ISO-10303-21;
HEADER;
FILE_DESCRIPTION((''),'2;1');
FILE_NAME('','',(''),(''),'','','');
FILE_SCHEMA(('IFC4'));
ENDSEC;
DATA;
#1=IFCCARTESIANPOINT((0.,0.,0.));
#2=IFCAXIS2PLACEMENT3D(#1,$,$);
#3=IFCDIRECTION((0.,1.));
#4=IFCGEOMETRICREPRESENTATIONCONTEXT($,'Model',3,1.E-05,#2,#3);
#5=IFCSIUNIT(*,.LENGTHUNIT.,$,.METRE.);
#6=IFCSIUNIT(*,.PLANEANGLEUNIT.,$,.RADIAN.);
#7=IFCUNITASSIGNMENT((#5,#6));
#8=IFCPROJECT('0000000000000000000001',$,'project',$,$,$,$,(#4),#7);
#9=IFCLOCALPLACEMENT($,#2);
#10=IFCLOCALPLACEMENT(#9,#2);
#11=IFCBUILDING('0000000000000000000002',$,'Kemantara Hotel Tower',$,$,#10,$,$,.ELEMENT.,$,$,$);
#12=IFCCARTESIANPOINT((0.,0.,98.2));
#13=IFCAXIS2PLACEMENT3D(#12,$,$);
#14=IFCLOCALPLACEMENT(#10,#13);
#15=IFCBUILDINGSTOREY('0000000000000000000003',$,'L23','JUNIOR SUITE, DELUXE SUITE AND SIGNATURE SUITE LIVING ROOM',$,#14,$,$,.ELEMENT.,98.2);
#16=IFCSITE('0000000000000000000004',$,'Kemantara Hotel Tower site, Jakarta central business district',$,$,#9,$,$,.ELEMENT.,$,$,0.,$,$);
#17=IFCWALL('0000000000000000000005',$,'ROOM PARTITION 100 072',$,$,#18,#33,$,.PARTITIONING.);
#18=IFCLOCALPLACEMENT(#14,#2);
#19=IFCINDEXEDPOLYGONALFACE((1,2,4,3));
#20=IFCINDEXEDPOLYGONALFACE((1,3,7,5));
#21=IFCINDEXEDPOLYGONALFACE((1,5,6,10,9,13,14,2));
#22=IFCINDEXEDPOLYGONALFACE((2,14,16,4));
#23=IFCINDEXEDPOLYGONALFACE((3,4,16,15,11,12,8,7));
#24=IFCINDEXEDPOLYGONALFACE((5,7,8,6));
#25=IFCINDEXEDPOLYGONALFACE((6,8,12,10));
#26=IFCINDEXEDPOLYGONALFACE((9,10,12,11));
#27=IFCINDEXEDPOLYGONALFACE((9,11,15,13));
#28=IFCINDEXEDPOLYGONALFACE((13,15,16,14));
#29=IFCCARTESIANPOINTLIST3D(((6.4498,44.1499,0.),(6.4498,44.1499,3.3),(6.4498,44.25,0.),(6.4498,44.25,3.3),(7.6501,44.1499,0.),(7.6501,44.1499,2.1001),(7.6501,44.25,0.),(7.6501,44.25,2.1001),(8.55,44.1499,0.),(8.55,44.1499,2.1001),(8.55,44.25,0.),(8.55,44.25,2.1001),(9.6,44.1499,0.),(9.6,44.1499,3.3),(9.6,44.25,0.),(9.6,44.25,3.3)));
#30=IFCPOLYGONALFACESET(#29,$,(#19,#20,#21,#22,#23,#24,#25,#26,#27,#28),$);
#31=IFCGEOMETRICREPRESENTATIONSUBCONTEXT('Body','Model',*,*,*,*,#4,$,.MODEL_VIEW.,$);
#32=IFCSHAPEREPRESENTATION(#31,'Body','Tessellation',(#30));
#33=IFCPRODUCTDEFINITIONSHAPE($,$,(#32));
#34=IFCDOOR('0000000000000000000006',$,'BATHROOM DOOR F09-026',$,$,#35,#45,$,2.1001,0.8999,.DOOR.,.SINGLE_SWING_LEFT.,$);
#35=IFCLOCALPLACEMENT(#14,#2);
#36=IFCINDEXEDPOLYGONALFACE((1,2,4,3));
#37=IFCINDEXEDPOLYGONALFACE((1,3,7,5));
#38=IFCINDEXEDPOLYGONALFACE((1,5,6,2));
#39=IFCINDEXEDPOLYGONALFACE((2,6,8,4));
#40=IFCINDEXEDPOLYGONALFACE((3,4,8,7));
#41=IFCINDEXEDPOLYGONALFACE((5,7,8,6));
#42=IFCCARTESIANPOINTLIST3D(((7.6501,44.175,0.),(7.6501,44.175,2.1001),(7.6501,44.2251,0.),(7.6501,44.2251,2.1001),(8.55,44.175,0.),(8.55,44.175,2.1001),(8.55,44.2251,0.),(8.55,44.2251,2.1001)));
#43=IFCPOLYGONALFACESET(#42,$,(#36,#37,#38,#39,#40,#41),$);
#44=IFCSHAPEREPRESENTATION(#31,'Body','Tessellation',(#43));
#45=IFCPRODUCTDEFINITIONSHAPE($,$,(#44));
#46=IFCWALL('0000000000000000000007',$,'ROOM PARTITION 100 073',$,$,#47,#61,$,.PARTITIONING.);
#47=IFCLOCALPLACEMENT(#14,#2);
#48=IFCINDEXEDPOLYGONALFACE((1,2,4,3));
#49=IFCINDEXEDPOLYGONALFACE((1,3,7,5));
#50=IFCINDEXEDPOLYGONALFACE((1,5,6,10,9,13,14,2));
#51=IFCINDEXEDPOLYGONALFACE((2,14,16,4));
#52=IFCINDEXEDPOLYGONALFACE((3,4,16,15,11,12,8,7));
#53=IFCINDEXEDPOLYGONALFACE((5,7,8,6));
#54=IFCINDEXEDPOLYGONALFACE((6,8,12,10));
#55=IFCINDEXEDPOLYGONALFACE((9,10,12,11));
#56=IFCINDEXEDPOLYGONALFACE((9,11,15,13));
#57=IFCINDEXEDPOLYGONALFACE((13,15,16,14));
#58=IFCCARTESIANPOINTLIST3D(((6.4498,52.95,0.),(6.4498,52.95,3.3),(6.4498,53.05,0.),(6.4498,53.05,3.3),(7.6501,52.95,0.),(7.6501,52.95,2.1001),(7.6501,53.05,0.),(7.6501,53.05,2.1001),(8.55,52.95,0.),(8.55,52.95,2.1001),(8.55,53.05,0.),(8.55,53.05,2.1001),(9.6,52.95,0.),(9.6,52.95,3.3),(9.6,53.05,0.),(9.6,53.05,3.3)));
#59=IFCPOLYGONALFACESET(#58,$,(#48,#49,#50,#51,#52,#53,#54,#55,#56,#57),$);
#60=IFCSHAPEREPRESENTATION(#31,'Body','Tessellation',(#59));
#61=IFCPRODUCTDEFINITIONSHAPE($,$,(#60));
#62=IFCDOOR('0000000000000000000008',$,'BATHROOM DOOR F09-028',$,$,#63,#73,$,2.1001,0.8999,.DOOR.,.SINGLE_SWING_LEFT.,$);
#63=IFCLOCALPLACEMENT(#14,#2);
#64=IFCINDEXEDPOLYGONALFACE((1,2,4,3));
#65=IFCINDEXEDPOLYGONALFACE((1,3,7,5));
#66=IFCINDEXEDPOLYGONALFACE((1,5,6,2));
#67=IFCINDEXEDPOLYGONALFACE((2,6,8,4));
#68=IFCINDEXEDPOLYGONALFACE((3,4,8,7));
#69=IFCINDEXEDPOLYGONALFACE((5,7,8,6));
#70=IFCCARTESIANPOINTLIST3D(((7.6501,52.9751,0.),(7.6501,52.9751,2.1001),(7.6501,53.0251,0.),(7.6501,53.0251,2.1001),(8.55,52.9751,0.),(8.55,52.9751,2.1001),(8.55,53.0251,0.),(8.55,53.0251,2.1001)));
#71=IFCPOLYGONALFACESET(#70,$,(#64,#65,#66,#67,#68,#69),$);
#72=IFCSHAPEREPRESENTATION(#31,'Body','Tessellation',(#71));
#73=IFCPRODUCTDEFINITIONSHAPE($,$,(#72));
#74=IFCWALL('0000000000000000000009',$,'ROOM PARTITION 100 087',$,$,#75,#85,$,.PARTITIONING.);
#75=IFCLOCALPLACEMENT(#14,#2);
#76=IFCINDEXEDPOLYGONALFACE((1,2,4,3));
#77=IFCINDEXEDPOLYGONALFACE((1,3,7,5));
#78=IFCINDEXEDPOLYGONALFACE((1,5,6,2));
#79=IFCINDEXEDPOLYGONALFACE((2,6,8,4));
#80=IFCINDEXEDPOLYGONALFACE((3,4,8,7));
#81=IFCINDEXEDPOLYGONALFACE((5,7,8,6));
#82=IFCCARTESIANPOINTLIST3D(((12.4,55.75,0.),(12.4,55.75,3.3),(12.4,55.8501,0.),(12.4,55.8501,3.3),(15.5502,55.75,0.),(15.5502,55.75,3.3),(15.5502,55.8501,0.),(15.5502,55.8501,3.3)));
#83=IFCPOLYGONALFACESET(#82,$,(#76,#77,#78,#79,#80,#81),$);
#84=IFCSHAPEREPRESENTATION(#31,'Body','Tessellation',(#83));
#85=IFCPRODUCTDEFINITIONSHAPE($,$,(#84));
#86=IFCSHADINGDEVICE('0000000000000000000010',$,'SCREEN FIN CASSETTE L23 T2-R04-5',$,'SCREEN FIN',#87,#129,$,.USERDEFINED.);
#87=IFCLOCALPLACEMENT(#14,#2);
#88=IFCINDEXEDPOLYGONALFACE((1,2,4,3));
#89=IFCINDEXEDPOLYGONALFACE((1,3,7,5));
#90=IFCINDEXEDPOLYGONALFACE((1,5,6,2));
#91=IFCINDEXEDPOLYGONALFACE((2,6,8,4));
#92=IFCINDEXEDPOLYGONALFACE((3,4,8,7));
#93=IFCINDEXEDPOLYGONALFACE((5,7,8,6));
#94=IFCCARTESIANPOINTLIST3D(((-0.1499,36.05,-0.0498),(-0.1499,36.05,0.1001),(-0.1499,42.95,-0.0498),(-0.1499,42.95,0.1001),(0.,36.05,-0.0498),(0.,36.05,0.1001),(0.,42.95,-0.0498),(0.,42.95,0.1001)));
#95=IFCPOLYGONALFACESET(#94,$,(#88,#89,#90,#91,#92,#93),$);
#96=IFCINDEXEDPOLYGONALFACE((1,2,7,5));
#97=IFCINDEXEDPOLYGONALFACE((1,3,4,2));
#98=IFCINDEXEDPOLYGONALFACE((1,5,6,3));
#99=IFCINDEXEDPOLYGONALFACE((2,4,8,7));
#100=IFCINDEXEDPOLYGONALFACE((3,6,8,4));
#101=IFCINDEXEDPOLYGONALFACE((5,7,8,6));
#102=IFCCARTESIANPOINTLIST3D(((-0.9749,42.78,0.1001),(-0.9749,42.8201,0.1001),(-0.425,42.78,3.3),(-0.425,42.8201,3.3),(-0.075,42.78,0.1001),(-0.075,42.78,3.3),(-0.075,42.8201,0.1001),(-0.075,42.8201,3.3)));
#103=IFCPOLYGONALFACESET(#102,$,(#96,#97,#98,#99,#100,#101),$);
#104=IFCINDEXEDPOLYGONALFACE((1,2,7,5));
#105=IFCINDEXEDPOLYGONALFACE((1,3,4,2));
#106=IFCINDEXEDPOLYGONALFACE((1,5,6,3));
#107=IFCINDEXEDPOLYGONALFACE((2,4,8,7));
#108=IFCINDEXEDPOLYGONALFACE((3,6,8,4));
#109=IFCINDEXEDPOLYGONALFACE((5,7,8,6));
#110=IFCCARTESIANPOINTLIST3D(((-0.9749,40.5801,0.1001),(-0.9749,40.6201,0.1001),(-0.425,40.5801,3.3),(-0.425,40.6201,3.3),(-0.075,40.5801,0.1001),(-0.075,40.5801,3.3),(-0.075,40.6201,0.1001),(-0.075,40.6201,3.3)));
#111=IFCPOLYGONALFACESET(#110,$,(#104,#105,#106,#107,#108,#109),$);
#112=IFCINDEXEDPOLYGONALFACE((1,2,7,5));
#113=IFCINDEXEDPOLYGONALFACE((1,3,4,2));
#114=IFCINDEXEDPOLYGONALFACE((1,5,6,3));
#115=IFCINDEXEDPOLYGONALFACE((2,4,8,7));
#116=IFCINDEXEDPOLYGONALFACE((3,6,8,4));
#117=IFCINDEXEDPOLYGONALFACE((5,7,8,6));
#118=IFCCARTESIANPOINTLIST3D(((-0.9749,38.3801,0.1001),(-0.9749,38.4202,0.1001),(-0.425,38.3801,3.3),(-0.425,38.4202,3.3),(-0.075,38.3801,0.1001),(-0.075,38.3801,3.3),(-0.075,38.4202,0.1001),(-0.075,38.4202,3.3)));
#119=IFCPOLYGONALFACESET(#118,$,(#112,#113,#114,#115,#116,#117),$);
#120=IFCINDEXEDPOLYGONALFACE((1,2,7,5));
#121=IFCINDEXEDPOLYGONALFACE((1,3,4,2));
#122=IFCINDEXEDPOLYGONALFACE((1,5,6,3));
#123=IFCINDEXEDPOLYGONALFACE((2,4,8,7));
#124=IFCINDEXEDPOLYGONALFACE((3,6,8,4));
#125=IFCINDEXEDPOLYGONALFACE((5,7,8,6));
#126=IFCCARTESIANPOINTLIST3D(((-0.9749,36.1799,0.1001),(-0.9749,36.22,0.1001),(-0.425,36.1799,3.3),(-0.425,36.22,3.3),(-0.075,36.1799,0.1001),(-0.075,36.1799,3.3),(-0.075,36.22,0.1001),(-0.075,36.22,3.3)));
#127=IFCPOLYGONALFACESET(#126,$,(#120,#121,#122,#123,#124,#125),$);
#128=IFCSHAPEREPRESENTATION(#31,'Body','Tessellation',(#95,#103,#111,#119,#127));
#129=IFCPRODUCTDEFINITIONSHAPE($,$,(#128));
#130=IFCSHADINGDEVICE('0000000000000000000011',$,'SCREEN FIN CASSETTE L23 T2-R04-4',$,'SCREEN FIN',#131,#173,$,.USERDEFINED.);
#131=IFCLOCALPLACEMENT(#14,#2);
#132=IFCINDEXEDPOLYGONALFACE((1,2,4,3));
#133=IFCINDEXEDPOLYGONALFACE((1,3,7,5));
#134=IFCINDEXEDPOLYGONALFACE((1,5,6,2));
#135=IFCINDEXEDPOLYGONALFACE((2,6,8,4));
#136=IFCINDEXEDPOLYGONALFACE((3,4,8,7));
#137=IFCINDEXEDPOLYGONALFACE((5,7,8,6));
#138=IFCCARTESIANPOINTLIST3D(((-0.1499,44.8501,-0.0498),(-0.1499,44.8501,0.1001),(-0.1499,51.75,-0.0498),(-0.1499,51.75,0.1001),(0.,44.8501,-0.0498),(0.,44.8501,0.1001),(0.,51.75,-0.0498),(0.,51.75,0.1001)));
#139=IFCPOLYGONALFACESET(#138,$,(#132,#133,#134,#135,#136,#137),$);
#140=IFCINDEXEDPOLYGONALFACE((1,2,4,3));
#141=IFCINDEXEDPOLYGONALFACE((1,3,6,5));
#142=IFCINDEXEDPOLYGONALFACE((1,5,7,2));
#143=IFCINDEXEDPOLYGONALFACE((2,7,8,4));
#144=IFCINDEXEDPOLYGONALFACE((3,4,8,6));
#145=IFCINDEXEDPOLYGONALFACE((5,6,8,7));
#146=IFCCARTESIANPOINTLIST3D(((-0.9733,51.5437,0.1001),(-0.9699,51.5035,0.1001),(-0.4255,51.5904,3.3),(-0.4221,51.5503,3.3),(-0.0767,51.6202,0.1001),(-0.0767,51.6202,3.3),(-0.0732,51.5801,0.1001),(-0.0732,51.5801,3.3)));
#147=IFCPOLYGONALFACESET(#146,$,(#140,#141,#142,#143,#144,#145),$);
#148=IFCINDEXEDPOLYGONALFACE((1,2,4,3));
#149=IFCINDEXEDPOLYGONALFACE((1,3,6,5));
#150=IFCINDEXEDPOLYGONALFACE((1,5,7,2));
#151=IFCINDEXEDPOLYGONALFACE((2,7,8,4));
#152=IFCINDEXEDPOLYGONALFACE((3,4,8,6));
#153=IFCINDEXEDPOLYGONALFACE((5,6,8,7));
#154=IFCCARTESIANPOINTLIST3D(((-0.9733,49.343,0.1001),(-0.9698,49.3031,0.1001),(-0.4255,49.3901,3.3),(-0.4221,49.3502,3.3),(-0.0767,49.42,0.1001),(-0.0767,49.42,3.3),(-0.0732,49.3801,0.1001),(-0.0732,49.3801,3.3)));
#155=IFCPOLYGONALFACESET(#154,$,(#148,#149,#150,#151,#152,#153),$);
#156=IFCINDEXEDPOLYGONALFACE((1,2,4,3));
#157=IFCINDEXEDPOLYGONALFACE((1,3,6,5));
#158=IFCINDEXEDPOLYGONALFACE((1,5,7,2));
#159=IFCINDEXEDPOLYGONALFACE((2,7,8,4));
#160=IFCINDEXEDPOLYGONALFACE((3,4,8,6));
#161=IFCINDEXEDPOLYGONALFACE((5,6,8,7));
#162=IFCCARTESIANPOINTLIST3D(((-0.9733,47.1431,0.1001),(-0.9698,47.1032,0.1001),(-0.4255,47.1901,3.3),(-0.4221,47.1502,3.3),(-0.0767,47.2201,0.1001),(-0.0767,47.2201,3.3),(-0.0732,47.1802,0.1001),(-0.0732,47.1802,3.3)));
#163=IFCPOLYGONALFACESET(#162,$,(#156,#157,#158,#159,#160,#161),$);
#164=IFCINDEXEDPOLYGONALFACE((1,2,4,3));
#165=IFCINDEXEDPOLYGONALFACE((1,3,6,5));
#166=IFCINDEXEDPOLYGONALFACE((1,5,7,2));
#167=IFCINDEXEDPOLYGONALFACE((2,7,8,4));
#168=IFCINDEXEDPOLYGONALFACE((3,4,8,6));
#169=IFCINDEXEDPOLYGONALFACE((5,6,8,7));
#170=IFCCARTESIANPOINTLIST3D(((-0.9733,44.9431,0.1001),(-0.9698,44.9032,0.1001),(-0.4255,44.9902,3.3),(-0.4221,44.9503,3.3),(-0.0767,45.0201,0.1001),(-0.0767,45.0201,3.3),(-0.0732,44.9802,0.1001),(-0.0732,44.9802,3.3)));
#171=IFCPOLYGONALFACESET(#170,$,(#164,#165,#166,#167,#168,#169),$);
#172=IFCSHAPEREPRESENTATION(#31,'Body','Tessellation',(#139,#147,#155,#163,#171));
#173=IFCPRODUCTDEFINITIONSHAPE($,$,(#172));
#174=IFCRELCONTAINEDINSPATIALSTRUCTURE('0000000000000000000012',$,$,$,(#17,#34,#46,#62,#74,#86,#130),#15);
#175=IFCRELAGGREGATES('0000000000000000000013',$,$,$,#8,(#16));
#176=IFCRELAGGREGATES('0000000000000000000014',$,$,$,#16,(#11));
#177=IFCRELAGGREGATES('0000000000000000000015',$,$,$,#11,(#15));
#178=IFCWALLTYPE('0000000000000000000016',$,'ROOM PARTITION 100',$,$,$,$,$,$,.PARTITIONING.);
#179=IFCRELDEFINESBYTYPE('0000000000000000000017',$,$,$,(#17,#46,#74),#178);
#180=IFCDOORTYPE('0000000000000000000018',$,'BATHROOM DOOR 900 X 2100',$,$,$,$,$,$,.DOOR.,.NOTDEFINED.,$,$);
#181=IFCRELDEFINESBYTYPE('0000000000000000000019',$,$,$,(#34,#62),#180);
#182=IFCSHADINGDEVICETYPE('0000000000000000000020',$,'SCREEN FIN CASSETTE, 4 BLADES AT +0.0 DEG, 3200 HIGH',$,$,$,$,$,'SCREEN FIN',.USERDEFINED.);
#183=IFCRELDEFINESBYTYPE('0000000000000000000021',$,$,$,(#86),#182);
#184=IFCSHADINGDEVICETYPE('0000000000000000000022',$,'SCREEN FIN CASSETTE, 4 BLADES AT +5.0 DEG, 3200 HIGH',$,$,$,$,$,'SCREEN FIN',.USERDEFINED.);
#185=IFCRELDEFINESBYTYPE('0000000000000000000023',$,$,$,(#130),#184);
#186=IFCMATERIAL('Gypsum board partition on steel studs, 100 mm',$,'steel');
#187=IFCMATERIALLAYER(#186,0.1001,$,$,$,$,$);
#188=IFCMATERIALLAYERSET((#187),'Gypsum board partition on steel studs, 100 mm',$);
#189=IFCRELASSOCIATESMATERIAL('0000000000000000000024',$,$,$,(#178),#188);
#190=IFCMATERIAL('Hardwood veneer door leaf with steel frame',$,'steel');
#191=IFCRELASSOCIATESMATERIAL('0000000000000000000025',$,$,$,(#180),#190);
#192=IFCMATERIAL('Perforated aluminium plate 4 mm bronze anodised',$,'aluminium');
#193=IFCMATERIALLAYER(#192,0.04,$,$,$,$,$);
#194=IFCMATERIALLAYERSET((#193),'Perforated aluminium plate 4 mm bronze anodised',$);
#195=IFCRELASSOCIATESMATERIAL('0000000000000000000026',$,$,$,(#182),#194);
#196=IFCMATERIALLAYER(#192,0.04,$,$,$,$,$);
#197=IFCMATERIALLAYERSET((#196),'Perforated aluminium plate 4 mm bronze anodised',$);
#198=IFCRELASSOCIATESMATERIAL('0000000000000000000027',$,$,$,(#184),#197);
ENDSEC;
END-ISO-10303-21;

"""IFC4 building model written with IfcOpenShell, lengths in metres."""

from ifc_helpers import new_model, si_unit, direction, frame, frame_2d, origin, origin_2d, place, context, subcontext, project, spatial, polyline, rectangle, outline, extrude, source, transform, mapped, material, layer, layer_set, type_object, element, fill, save


model = new_model("IFC4")

# Units and contexts
model_context = context("Model", 3, precision=1e-05, world=origin(), true_north=direction((0.0, 1.0)))
body_context = subcontext(model_context, "Body", "Model", "MODEL_VIEW")
ifc_project = project(units=[si_unit("LENGTHUNIT", "METRE"), si_unit("PLANEANGLEUNIT", "RADIAN")], contexts=[model_context])

# Site, building, storey
site_placement = place(None, origin())
site = spatial("IfcSite", under=ifc_project, at=site_placement, Name="Kemantara Hotel Tower site, Jakarta central business district", CompositionType="ELEMENT", RefElevation=0.0)
building_placement = place(site_placement, origin())
building = spatial("IfcBuilding", under=site, at=building_placement, Name="Kemantara Hotel Tower", CompositionType="ELEMENT")
storey_placement = place(building_placement, frame((0.0, 0.0, 98.2)))
storey = spatial("IfcBuildingStorey", under=building, at=storey_placement, Name="L23", Description="JUNIOR SUITE, DELUXE SUITE AND SIGNATURE SUITE LIVING ROOM", CompositionType="ELEMENT", Elevation=98.2)

# Shared definitions
ifc_material_1 = material(Name="Hardwood veneer door leaf with steel frame", Category="steel")

# Shared definitions
ifc_material_2 = material(Name="Gypsum board partition on steel studs, 100 mm", Category="steel")
ifc_layer_1 = layer(ifc_material_2, 0.1001)
ifc_layer_set_1 = layer_set([ifc_layer_1], Name="Gypsum board partition on steel studs, 100 mm")
wall_type_1 = type_object("IfcWallType", Name="ROOM PARTITION 100", PredefinedType="PARTITIONING", material=ifc_layer_set_1)

# Walls, openings, doors
wall_1_placement = place(storey_placement, frame((9.6001, 44.2, 0.0), z_axis=(0.0, 0.0, 1.0), x_axis=(-1.0, 0.0, 0.0)))
wall_1 = element("IfcWall", 1, at=wall_1_placement, inside=storey, type_object=wall_type_1, Name="ROOM PARTITION 100 072", PredefinedType="PARTITIONING", context=body_context, shape_type="SweptSolid", body=[
    extrude(rectangle(XDim=3.1501, YDim=0.1001, at=frame_2d((1.5752, 0.0))), origin(), (0.0, 0.0, 1.0), 3.3),
])
opening_1_placement = place(wall_1_placement, frame((1.05, 0.0, 0.0)))
opening_1 = element("IfcOpeningElement", 2, at=opening_1_placement, cuts=wall_1, PredefinedType="OPENING", context=body_context, shape_type="SweptSolid", body=[
    extrude(rectangle(XDim=0.8999, YDim=2.1001, at=frame_2d((0.45, 1.05))), frame((0.0, 0.0601, 0.0), z_axis=(0.0, -1.0, 0.0), x_axis=(1.0, 0.0, 0.0)), (0.0, 0.0, 1.0), 0.1201),
])
door_type_1 = type_object("IfcDoorType", Name="BATHROOM DOOR 900 X 2100", OperationType="NOTDEFINED", PredefinedType="DOOR", material=ifc_material_1)
door_1_placement = place(opening_1_placement, origin())
door_1 = element("IfcDoor", 3, at=door_1_placement, inside=storey, type_object=door_type_1, Name="BATHROOM DOOR F09-026", OperationType="SINGLE_SWING_LEFT", OverallHeight=2.1001, OverallWidth=0.8999, PredefinedType="DOOR", context=body_context, shape_type="SweptSolid", body=[
    extrude(rectangle(XDim=0.8999, YDim=2.1001, at=frame_2d((0.45, 1.05))), frame((0.0, 0.0249, 0.0), z_axis=(0.0, -1.0, 0.0), x_axis=(1.0, 0.0, 0.0)), (0.0, 0.0, 1.0), 0.05),
])
fill(opening_1, door_1)
wall_2_placement = place(storey_placement, frame((9.6001, 53.0, 0.0), z_axis=(0.0, 0.0, 1.0), x_axis=(-1.0, 0.0, 0.0)))
wall_2 = element("IfcWall", 4, at=wall_2_placement, inside=storey, type_object=wall_type_1, Name="ROOM PARTITION 100 073", PredefinedType="PARTITIONING", context=body_context, shape_type="SweptSolid", body=[
    extrude(rectangle(XDim=3.1501, YDim=0.1001, at=frame_2d((1.5752, 0.0))), origin(), (0.0, 0.0, 1.0), 3.3),
])
opening_2_placement = place(wall_2_placement, frame((1.05, 0.0, 0.0)))
opening_2 = element("IfcOpeningElement", 5, at=opening_2_placement, cuts=wall_2, PredefinedType="OPENING", context=body_context, shape_type="SweptSolid", body=[
    extrude(rectangle(XDim=0.8999, YDim=2.1001, at=frame_2d((0.45, 1.05))), frame((0.0, 0.0601, 0.0), z_axis=(0.0, -1.0, 0.0), x_axis=(1.0, 0.0, 0.0)), (0.0, 0.0, 1.0), 0.1201),
])
door_2_placement = place(opening_2_placement, origin())
door_2 = element("IfcDoor", 6, at=door_2_placement, inside=storey, type_object=door_type_1, Name="BATHROOM DOOR F09-028", OperationType="SINGLE_SWING_LEFT", OverallHeight=2.1001, OverallWidth=0.8999, PredefinedType="DOOR", context=body_context, shape_type="SweptSolid", body=[
    extrude(rectangle(XDim=0.8999, YDim=2.1001, at=frame_2d((0.45, 1.05))), frame((0.0, 0.0249, 0.0), z_axis=(0.0, -1.0, 0.0), x_axis=(1.0, 0.0, 0.0)), (0.0, 0.0, 1.0), 0.05),
])
fill(opening_2, door_2)

# Wall
wall_3_placement = place(storey_placement, frame((12.3999, 55.8, 0.0), z_axis=(0.0, 0.0, 1.0), x_axis=(1.0, 0.0, 0.0)))
element("IfcWall", 7, at=wall_3_placement, inside=storey, type_object=wall_type_1, Name="ROOM PARTITION 100 087", PredefinedType="PARTITIONING", context=body_context, shape_type="SweptSolid", body=[
    extrude(rectangle(XDim=3.1501, YDim=0.1001, at=frame_2d((1.5752, 0.0))), origin(), (0.0, 0.0, 1.0), 3.3),
])

# Shading devices
ifc_material_3 = material(Name="Perforated aluminium plate 4 mm bronze anodised", Category="aluminium")
ifc_layer_2 = layer(ifc_material_3, 0.04)
ifc_layer_set_2 = layer_set([ifc_layer_2], Name="Perforated aluminium plate 4 mm bronze anodised")
shading_device_type_1 = type_object("IfcShadingDeviceType", Name="SCREEN FIN CASSETTE, 4 BLADES AT +0.0 DEG, 3200 HIGH", ElementType="SCREEN FIN", PredefinedType="USERDEFINED", material=ifc_layer_set_2)
shared_shape_1 = source(origin(), body_context, "Body", "SweptSolid", [
    extrude(rectangle(XDim=6.8999, YDim=0.1499, at=origin_2d()), frame((3.3, -0.075, -0.1499), z_axis=(0.0, 0.0, 1.0), x_axis=(1.0, 0.0, 0.0)), (0.0, 0.0, 1.0), 0.1499),
    extrude(outline(polyline([(0.0, 0.0), (0.8999, 0.0), (0.3501, 3.2), (0.0, 3.2), (0.0, 0.0)])), frame((0.02, -0.075, 0.0), z_axis=(-1.0, 0.0, 0.0), x_axis=(0.0, -1.0, 0.0)), (0.0, 0.0, 1.0), 0.04),
    extrude(outline(polyline([(0.0, 0.0), (0.8999, 0.0), (0.3501, 3.2), (0.0, 3.2), (0.0, 0.0)])), frame((2.22, -0.075, 0.0), z_axis=(-1.0, 0.0, 0.0), x_axis=(0.0, -1.0, 0.0)), (0.0, 0.0, 1.0), 0.04),
    extrude(outline(polyline([(0.0, 0.0), (0.8999, 0.0), (0.3501, 3.2), (0.0, 3.2), (0.0, 0.0)])), frame((4.4199, -0.075, 0.0), z_axis=(-1.0, 0.0, 0.0), x_axis=(0.0, -1.0, 0.0)), (0.0, 0.0, 1.0), 0.04),
    extrude(outline(polyline([(0.0, 0.0), (0.8999, 0.0), (0.3501, 3.2), (0.0, 3.2), (0.0, 0.0)])), frame((6.6201, -0.075, 0.0), z_axis=(-1.0, 0.0, 0.0), x_axis=(0.0, -1.0, 0.0)), (0.0, 0.0, 1.0), 0.04),
])
shading_device_1_placement = place(storey_placement, frame((0.0, 42.8, 0.1001), z_axis=(0.0, 0.0, 1.0), x_axis=(0.0, -1.0, 0.0)))
element("IfcShadingDevice", 8, at=shading_device_1_placement, inside=storey, type_object=shading_device_type_1, Name="SCREEN FIN CASSETTE L23 T2-R04-5", ObjectType="SCREEN FIN", PredefinedType="USERDEFINED", context=body_context, shape_type="MappedRepresentation", body=[
    mapped(shared_shape_1, transform((0.0, 0.0, 0.0))),
])
ifc_layer_3 = layer(ifc_material_3, 0.04)
ifc_layer_set_3 = layer_set([ifc_layer_3], Name="Perforated aluminium plate 4 mm bronze anodised")
shading_device_type_2 = type_object("IfcShadingDeviceType", Name="SCREEN FIN CASSETTE, 4 BLADES AT +5.0 DEG, 3200 HIGH", ElementType="SCREEN FIN", PredefinedType="USERDEFINED", material=ifc_layer_set_3)
shared_shape_2 = source(origin(), body_context, "Body", "SweptSolid", [
    extrude(rectangle(XDim=6.8999, YDim=0.1499, at=origin_2d()), frame((3.3, -0.075, -0.1499), z_axis=(0.0, 0.0, 1.0), x_axis=(1.0, 0.0, 0.0)), (0.0, 0.0, 1.0), 0.1499),
    extrude(outline(polyline([(0.0, 0.0), (0.8999, 0.0), (0.3501, 3.2), (0.0, 3.2), (0.0, 0.0)])), frame((0.02, -0.0732, 0.0), z_axis=(-0.996376, -0.085056, 0.0), x_axis=(0.085056, -0.996376, 0.0)), (0.0, 0.0, 1.0), 0.0403),
    extrude(outline(polyline([(0.0, 0.0), (0.8999, 0.0), (0.3501, 3.2), (0.0, 3.2), (0.0, 0.0)])), frame((2.22, -0.0732, 0.0), z_axis=(-0.996332, -0.085575, 0.0), x_axis=(0.085575, -0.996332, 0.0)), (0.0, 0.0, 1.0), 0.04),
    extrude(outline(polyline([(0.0, 0.0), (0.8999, 0.0), (0.3501, 3.2), (0.0, 3.2), (0.0, 0.0)])), frame((4.4199, -0.0732, 0.0), z_axis=(-0.996332, -0.085575, 0.0), x_axis=(0.085575, -0.996332, 0.0)), (0.0, 0.0, 1.0), 0.04),
    extrude(outline(polyline([(0.0, 0.0), (0.8999, 0.0), (0.3501, 3.2), (0.0, 3.2), (0.0, 0.0)])), frame((6.6199, -0.0732, 0.0), z_axis=(-0.996332, -0.085575, 0.0), x_axis=(0.085575, -0.996332, 0.0)), (0.0, 0.0, 1.0), 0.04),
])
shading_device_2_placement = place(storey_placement, frame((0.0, 51.6001, 0.1001), z_axis=(0.0, 0.0, 1.0), x_axis=(0.0, -1.0, 0.0)))
element("IfcShadingDevice", 9, at=shading_device_2_placement, inside=storey, type_object=shading_device_type_2, Name="SCREEN FIN CASSETTE L23 T2-R04-4", ObjectType="SCREEN FIN", PredefinedType="USERDEFINED", context=body_context, shape_type="MappedRepresentation", body=[
    mapped(shared_shape_2, transform((0.0, 0.0, 0.0))),
])

save(model, "model.ifc")
